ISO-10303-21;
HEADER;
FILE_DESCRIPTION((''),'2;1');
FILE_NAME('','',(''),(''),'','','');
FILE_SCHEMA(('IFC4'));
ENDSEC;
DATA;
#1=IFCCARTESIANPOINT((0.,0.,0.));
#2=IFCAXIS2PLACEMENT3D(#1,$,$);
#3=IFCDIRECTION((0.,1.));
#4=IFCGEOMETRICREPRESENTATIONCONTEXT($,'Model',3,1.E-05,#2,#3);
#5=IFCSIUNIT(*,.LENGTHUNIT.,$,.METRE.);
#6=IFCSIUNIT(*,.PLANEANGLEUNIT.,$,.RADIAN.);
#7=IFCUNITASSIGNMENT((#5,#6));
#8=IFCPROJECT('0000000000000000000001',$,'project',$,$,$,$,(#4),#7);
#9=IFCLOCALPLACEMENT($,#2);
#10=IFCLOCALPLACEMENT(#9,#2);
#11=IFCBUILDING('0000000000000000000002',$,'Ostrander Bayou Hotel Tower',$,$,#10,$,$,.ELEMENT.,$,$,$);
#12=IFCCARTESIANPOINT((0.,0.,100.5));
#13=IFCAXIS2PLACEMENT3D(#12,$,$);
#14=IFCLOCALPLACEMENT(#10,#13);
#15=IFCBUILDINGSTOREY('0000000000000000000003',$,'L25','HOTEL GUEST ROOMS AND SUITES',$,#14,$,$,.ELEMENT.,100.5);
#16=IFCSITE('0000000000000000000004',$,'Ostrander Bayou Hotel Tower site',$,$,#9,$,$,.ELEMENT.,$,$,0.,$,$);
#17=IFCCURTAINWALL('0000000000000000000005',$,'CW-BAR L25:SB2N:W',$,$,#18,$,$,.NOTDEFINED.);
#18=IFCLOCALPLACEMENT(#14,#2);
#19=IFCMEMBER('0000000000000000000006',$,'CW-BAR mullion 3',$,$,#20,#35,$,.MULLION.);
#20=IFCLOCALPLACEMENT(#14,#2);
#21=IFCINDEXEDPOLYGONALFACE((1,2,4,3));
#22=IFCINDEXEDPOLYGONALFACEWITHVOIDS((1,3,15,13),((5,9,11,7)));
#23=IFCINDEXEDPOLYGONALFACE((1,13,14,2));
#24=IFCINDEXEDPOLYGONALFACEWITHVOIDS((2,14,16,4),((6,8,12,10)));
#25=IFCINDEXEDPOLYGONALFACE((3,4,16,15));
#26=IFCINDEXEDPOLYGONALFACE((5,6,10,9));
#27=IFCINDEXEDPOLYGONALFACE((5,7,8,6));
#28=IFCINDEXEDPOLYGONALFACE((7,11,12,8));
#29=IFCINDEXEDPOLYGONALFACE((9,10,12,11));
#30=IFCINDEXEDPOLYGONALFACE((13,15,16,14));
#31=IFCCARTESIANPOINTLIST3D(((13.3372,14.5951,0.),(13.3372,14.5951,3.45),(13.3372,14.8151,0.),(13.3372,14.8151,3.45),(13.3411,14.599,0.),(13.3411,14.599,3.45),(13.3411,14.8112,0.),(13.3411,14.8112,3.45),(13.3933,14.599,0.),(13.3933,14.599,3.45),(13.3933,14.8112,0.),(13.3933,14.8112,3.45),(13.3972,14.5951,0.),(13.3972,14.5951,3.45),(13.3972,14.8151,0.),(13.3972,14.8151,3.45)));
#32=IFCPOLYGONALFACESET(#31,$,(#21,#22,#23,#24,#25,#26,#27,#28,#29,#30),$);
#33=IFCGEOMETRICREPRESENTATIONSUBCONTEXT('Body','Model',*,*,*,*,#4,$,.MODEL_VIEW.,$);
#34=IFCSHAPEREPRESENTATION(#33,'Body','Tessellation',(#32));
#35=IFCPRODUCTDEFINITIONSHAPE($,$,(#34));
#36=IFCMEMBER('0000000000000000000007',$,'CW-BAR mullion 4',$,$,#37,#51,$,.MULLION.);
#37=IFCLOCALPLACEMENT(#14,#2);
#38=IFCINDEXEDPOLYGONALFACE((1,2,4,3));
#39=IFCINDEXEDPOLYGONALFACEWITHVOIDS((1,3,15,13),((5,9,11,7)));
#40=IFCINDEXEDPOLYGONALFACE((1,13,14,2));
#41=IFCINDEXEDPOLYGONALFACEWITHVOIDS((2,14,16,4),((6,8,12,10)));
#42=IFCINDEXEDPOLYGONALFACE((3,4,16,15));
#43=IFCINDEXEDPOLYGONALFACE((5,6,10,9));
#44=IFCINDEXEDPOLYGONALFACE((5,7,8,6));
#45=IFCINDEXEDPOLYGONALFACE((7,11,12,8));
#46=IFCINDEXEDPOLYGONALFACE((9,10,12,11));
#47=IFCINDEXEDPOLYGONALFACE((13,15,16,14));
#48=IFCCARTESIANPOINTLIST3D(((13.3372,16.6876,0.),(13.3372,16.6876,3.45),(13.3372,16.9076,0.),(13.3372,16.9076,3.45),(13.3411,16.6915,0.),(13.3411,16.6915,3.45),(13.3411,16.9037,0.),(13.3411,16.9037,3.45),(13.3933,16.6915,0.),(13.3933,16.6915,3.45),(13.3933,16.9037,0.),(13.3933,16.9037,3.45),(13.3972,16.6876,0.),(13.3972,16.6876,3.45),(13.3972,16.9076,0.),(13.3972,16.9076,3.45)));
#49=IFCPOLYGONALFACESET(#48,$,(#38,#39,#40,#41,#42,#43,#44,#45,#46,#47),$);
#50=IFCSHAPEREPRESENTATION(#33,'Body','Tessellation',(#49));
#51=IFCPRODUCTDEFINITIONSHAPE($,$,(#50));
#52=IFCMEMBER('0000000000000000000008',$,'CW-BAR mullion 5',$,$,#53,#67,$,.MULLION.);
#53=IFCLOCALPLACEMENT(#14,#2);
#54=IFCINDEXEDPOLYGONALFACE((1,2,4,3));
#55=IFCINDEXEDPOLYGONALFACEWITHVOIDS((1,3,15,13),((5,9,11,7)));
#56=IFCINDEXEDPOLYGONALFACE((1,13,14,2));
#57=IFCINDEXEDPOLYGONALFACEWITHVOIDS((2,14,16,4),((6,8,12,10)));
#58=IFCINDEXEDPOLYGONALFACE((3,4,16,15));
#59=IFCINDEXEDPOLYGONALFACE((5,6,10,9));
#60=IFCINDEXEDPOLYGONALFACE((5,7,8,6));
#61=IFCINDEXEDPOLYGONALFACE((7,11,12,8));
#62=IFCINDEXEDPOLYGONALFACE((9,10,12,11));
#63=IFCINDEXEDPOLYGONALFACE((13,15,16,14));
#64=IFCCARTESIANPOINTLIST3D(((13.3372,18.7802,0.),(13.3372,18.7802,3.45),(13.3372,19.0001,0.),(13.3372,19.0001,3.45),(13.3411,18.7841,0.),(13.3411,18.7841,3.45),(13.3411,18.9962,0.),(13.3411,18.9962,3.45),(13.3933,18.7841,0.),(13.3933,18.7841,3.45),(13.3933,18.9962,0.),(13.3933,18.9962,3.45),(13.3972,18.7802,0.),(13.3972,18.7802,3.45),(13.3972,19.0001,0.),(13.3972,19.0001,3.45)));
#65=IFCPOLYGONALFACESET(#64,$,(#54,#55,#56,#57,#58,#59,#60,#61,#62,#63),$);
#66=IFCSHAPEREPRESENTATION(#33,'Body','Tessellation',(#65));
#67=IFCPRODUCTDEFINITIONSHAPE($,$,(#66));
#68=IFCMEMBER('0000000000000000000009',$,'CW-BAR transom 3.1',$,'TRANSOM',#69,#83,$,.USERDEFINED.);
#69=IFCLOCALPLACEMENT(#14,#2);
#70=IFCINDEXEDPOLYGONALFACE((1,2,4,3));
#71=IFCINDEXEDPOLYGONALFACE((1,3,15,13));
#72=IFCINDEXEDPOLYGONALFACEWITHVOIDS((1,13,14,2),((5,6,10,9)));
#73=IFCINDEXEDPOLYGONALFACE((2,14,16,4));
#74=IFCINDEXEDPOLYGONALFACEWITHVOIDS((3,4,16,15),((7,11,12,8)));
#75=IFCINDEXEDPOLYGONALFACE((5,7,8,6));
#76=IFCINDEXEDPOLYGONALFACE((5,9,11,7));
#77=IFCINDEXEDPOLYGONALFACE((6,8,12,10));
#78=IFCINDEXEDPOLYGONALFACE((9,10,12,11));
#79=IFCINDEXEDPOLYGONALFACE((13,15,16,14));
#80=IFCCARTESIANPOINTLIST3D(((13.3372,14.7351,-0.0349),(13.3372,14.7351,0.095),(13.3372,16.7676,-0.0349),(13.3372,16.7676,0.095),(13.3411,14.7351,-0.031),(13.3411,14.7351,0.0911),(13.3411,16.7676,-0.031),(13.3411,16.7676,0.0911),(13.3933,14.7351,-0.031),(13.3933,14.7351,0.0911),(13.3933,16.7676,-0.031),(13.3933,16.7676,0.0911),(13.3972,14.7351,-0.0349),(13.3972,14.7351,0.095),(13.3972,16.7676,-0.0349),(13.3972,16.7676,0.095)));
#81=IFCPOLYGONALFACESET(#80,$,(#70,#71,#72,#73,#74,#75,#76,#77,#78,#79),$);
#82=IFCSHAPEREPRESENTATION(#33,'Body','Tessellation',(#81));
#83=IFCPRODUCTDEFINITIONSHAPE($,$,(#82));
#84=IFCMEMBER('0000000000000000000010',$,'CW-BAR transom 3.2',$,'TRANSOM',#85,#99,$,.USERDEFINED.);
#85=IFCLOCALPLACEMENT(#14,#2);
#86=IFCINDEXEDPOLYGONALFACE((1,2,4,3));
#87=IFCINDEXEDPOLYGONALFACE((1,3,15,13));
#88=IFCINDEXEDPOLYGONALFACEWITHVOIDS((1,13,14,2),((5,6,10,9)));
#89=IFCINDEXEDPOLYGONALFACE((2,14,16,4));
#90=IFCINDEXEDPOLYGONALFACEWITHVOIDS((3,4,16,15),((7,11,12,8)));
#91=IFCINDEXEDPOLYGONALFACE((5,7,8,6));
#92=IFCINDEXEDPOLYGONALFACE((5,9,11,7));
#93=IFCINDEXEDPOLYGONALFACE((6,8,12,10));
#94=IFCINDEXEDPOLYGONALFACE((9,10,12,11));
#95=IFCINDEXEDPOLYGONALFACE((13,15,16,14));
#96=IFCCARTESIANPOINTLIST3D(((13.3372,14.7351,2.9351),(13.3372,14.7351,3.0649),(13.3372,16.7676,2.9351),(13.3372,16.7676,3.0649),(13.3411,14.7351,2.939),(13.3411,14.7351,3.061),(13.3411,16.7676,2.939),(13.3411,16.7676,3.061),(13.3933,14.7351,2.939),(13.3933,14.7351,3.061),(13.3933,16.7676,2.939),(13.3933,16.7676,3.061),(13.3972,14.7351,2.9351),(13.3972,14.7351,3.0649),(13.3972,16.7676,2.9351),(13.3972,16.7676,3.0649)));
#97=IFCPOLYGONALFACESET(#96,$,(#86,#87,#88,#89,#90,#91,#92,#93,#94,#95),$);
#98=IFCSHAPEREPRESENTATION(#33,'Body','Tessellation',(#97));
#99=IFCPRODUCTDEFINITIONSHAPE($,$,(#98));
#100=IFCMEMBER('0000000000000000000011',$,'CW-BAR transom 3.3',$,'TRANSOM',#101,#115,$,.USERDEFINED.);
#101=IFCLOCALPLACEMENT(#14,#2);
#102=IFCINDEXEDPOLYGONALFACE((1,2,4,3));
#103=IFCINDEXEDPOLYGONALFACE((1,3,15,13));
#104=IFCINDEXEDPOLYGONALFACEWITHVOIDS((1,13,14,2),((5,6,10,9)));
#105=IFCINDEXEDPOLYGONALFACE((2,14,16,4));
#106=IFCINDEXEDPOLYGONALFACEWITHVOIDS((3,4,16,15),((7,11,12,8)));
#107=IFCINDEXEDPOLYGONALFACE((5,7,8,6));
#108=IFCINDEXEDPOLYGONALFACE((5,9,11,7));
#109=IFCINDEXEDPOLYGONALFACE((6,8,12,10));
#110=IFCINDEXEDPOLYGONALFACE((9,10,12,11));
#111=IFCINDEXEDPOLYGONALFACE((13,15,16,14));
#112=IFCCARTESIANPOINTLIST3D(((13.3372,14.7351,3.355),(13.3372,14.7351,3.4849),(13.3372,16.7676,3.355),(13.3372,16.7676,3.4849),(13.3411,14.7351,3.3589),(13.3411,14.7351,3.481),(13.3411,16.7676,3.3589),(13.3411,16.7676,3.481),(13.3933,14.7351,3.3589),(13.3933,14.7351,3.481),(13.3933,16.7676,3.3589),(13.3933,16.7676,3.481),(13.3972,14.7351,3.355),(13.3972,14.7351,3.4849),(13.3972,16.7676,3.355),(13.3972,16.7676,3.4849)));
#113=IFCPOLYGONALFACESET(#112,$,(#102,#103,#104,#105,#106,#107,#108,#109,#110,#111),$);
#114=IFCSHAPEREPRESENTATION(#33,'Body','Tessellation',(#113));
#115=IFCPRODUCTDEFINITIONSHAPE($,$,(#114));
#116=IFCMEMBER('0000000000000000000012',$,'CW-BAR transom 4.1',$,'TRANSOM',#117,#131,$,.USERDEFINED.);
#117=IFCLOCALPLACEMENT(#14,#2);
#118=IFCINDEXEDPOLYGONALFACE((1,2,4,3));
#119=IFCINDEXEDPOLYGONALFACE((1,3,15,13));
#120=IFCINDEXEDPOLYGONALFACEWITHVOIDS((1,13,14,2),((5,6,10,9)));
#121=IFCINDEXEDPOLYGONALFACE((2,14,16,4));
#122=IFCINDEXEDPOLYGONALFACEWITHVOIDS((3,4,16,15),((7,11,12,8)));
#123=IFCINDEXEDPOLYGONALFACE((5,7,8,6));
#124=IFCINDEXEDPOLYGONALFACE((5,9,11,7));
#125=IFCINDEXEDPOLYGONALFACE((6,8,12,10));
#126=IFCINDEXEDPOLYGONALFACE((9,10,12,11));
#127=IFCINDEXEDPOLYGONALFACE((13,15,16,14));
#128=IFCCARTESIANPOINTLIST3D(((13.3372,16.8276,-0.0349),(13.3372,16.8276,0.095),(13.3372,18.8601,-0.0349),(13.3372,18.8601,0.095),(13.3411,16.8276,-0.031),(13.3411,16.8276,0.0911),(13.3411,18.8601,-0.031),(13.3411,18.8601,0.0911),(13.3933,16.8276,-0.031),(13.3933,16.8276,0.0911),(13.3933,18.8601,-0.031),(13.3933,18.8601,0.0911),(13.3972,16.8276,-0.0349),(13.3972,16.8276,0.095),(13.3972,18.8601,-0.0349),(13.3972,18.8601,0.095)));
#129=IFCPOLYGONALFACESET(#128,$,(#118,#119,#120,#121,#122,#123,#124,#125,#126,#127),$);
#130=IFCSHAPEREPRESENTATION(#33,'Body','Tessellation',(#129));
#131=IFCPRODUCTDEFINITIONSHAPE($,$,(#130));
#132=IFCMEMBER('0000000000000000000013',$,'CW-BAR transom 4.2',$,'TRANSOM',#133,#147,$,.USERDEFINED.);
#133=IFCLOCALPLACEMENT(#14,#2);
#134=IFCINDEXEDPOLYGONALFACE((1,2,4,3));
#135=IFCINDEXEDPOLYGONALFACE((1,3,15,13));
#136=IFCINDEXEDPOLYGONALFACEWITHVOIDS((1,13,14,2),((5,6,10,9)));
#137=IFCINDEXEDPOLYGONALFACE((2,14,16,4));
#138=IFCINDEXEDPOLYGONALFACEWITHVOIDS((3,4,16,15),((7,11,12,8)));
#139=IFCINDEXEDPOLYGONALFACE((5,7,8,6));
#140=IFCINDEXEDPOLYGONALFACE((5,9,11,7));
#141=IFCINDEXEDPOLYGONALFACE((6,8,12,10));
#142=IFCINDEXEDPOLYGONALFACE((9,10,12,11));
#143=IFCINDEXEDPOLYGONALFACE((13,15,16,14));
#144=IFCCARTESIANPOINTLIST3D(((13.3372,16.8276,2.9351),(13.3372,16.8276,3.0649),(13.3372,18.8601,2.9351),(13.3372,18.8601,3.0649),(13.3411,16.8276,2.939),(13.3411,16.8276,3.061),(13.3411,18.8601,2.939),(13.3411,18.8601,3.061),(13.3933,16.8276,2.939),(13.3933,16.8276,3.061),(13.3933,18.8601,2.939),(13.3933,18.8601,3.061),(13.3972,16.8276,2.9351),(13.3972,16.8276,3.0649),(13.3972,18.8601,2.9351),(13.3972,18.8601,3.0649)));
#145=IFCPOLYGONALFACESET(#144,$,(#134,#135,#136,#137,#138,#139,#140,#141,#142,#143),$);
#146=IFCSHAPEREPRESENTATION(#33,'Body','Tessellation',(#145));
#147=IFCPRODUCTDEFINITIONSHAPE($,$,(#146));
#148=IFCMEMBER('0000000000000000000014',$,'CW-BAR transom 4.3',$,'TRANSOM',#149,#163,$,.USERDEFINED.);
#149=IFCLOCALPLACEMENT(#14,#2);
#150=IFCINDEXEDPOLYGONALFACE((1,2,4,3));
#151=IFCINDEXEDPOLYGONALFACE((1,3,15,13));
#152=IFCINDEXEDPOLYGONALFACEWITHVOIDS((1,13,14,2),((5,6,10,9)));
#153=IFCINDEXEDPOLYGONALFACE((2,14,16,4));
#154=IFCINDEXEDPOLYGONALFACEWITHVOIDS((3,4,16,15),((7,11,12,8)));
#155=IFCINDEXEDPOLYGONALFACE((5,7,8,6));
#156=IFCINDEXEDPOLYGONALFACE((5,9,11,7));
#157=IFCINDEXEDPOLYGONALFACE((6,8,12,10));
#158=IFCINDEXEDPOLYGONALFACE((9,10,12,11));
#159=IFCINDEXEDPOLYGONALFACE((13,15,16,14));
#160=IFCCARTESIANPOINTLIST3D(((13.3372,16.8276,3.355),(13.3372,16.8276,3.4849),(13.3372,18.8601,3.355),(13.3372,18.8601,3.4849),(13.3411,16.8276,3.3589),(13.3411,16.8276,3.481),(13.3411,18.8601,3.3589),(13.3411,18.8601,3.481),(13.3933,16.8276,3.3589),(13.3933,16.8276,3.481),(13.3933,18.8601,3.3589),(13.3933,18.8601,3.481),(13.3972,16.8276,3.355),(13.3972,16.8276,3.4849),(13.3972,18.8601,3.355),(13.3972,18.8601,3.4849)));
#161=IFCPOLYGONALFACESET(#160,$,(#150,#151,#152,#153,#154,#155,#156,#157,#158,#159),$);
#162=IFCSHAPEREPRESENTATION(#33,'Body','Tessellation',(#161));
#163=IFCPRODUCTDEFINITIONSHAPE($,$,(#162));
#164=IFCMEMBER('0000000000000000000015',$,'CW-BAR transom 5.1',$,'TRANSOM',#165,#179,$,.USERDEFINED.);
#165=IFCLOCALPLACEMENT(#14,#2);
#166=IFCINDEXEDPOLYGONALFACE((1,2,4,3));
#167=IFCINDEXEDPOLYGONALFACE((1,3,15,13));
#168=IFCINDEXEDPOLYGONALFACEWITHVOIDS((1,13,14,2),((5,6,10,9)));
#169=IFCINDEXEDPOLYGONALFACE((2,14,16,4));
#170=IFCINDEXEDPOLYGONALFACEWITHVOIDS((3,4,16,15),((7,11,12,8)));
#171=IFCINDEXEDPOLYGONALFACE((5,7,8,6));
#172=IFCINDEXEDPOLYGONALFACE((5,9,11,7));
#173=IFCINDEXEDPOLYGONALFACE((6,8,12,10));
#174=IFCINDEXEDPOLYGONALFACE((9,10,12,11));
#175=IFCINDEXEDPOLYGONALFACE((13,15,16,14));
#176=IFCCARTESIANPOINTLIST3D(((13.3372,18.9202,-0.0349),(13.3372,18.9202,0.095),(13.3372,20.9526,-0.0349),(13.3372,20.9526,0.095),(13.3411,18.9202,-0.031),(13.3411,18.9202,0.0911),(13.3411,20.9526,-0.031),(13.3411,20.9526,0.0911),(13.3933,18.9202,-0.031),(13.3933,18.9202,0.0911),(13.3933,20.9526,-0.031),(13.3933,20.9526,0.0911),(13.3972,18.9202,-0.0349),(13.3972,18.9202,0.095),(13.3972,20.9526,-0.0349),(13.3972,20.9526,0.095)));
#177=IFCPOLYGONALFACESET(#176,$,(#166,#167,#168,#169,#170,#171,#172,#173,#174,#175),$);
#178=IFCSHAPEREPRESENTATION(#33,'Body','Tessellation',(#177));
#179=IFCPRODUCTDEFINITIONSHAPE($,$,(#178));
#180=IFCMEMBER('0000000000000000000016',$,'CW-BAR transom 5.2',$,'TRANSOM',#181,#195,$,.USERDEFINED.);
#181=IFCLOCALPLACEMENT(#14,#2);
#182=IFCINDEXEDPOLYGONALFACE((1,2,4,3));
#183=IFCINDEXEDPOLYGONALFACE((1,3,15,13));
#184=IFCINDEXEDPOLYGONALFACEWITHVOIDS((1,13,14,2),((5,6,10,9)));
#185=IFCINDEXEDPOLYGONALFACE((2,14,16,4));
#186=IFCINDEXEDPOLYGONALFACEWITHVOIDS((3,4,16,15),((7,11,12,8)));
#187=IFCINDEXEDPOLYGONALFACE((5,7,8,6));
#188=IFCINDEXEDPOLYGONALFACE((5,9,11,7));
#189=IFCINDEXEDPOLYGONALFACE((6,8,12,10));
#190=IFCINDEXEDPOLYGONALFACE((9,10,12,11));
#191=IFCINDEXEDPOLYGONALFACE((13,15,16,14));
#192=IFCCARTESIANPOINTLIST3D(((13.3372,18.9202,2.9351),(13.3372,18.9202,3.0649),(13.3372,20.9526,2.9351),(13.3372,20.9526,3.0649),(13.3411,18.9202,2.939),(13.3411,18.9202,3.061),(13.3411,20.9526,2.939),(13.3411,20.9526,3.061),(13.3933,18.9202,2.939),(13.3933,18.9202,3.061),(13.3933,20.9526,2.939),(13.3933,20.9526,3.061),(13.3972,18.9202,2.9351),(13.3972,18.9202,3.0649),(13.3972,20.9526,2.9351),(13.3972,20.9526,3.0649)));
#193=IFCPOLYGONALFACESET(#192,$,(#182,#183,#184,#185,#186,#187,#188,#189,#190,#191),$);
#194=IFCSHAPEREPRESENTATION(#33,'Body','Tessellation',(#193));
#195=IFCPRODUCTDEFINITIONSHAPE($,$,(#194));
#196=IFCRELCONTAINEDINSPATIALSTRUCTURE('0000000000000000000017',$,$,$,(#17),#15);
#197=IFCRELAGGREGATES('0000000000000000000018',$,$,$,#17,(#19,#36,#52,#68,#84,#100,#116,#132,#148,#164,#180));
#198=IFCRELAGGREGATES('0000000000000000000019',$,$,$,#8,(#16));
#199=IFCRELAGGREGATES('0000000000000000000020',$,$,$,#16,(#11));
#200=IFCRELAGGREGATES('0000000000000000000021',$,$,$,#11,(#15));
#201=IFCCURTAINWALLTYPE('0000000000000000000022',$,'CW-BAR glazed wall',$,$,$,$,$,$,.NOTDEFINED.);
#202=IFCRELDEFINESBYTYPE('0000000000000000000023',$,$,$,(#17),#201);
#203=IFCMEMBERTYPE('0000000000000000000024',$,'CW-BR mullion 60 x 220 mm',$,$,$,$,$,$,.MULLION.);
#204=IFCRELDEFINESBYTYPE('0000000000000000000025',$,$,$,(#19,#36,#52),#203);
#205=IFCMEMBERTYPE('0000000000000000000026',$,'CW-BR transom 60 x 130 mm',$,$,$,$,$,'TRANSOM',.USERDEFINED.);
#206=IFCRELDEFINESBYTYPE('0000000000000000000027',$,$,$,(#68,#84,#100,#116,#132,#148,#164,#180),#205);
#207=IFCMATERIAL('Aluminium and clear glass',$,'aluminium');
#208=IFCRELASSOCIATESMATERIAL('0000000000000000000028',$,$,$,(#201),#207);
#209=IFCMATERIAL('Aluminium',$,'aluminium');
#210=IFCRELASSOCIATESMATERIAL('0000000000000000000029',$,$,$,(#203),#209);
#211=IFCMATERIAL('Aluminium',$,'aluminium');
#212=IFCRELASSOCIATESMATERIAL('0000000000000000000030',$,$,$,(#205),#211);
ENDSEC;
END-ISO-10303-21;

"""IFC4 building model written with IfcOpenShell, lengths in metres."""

from ifc_helpers import new_model, si_unit, direction, frame, origin, origin_2d, place, context, subcontext, project, spatial, hollow_rectangle, extrude, material, material_profile, profile_set, type_object, element, aggregate, save


model = new_model("IFC4")

# Units and contexts
model_context = context("Model", 3, precision=1e-05, world=origin(), true_north=direction((0.0, 1.0)))
body_context = subcontext(model_context, "Body", "Model", "MODEL_VIEW")
ifc_project = project(units=[si_unit("LENGTHUNIT", "METRE"), si_unit("PLANEANGLEUNIT", "RADIAN")], contexts=[model_context])

# Site, building, storey
site_placement = place(None, origin())
site = spatial("IfcSite", under=ifc_project, at=site_placement, Name="Ostrander Bayou Hotel Tower site", CompositionType="ELEMENT", RefElevation=0.0)
building_placement = place(site_placement, origin())
building = spatial("IfcBuilding", under=site, at=building_placement, Name="Ostrander Bayou Hotel Tower", CompositionType="ELEMENT")
storey_placement = place(building_placement, frame((0.0, 0.0, 100.5)))
storey = spatial("IfcBuildingStorey", under=building, at=storey_placement, Name="L25", Description="HOTEL GUEST ROOMS AND SUITES", CompositionType="ELEMENT", Elevation=100.5)

# Curtain wall, members
ifc_material_1 = material(Name="Aluminium and clear glass", Category="aluminium")
curtain_wall_type = type_object("IfcCurtainWallType", Name="CW-BAR glazed wall", PredefinedType="NOTDEFINED", material=ifc_material_1)
curtain_wall_placement = place(storey_placement, origin())
curtain_wall = element("IfcCurtainWall", 1, at=curtain_wall_placement, inside=storey, type_object=curtain_wall_type, Name="CW-BAR L25:SB2N:W", PredefinedType="NOTDEFINED")
ifc_material_2 = material(Name="Aluminium", Category="aluminium")
ifc_material_profile_1 = material_profile(ifc_material_2, hollow_rectangle(XDim=0.0601, YDim=0.22, WallThickness=0.0039, at=origin_2d()))
ifc_profile_set_1 = profile_set([ifc_material_profile_1], Name="Aluminium")
member_type_1 = type_object("IfcMemberType", Name="CW-BR mullion 60 x 220 mm", PredefinedType="MULLION", material=ifc_profile_set_1)
member_1_placement = place(storey_placement, frame((13.3672, 14.7051, 0.0), z_axis=(0.0, 0.0, 1.0), x_axis=(-1.0, 0.0, 0.0)))
member_1 = element("IfcMember", 2, at=member_1_placement, type_object=member_type_1, Name="CW-BAR mullion 3", PredefinedType="MULLION", context=body_context, shape_type="SweptSolid", body=[
    extrude(hollow_rectangle(XDim=0.0601, YDim=0.22, WallThickness=0.0039, at=origin_2d()), origin(), (0.0, 0.0, 1.0), 3.45),
])
member_2_placement = place(storey_placement, frame((13.3672, 16.7976, 0.0), z_axis=(0.0, 0.0, 1.0), x_axis=(-1.0, 0.0, 0.0)))
member_2 = element("IfcMember", 3, at=member_2_placement, type_object=member_type_1, Name="CW-BAR mullion 4", PredefinedType="MULLION", context=body_context, shape_type="SweptSolid", body=[
    extrude(hollow_rectangle(XDim=0.0601, YDim=0.22, WallThickness=0.0039, at=origin_2d()), origin(), (0.0, 0.0, 1.0), 3.45),
])
member_3_placement = place(storey_placement, frame((13.3672, 18.8901, 0.0), z_axis=(0.0, 0.0, 1.0), x_axis=(-1.0, 0.0, 0.0)))
member_3 = element("IfcMember", 4, at=member_3_placement, type_object=member_type_1, Name="CW-BAR mullion 5", PredefinedType="MULLION", context=body_context, shape_type="SweptSolid", body=[
    extrude(hollow_rectangle(XDim=0.0601, YDim=0.22, WallThickness=0.0039, at=origin_2d()), origin(), (0.0, 0.0, 1.0), 3.45),
])
ifc_material_3 = material(Name="Aluminium", Category="aluminium")
ifc_material_profile_2 = material_profile(ifc_material_3, hollow_rectangle(XDim=0.0601, YDim=0.1299, WallThickness=0.0039, at=origin_2d()))
ifc_profile_set_2 = profile_set([ifc_material_profile_2], Name="Aluminium")
member_type_2 = type_object("IfcMemberType", Name="CW-BR transom 60 x 130 mm", ElementType="TRANSOM", PredefinedType="USERDEFINED", material=ifc_profile_set_2)
member_4_placement = place(storey_placement, frame((13.3672, 14.7351, 0.03), z_axis=(0.0, 1.0, 0.0), x_axis=(-1.0, 0.0, 0.0)))
member_4 = element("IfcMember", 5, at=member_4_placement, type_object=member_type_2, Name="CW-BAR transom 3.1", ObjectType="TRANSOM", PredefinedType="USERDEFINED", context=body_context, shape_type="SweptSolid", body=[
    extrude(hollow_rectangle(XDim=0.0601, YDim=0.1299, WallThickness=0.0039, at=origin_2d()), origin(), (0.0, 0.0, 1.0), 2.0325),
])
member_5_placement = place(storey_placement, frame((13.3672, 14.7351, 3.0), z_axis=(0.0, 1.0, 0.0), x_axis=(-1.0, 0.0, 0.0)))
member_5 = element("IfcMember", 6, at=member_5_placement, type_object=member_type_2, Name="CW-BAR transom 3.2", ObjectType="TRANSOM", PredefinedType="USERDEFINED", context=body_context, shape_type="SweptSolid", body=[
    extrude(hollow_rectangle(XDim=0.0601, YDim=0.1299, WallThickness=0.0039, at=origin_2d()), origin(), (0.0, 0.0, 1.0), 2.0325),
])
member_6_placement = place(storey_placement, frame((13.3672, 14.7351, 3.4199), z_axis=(0.0, 1.0, 0.0), x_axis=(-1.0, 0.0, 0.0)))
member_6 = element("IfcMember", 7, at=member_6_placement, type_object=member_type_2, Name="CW-BAR transom 3.3", ObjectType="TRANSOM", PredefinedType="USERDEFINED", context=body_context, shape_type="SweptSolid", body=[
    extrude(hollow_rectangle(XDim=0.0601, YDim=0.1299, WallThickness=0.0039, at=origin_2d()), origin(), (0.0, 0.0, 1.0), 2.0325),
])
member_7_placement = place(storey_placement, frame((13.3672, 16.8276, 0.03), z_axis=(0.0, 1.0, 0.0), x_axis=(-1.0, 0.0, 0.0)))
member_7 = element("IfcMember", 8, at=member_7_placement, type_object=member_type_2, Name="CW-BAR transom 4.1", ObjectType="TRANSOM", PredefinedType="USERDEFINED", context=body_context, shape_type="SweptSolid", body=[
    extrude(hollow_rectangle(XDim=0.0601, YDim=0.1299, WallThickness=0.0039, at=origin_2d()), origin(), (0.0, 0.0, 1.0), 2.0325),
])
member_8_placement = place(storey_placement, frame((13.3672, 16.8276, 3.0), z_axis=(0.0, 1.0, 0.0), x_axis=(-1.0, 0.0, 0.0)))
member_8 = element("IfcMember", 9, at=member_8_placement, type_object=member_type_2, Name="CW-BAR transom 4.2", ObjectType="TRANSOM", PredefinedType="USERDEFINED", context=body_context, shape_type="SweptSolid", body=[
    extrude(hollow_rectangle(XDim=0.0601, YDim=0.1299, WallThickness=0.0039, at=origin_2d()), origin(), (0.0, 0.0, 1.0), 2.0325),
])
member_9_placement = place(storey_placement, frame((13.3672, 16.8276, 3.4199), z_axis=(0.0, 1.0, 0.0), x_axis=(-1.0, 0.0, 0.0)))
member_9 = element("IfcMember", 10, at=member_9_placement, type_object=member_type_2, Name="CW-BAR transom 4.3", ObjectType="TRANSOM", PredefinedType="USERDEFINED", context=body_context, shape_type="SweptSolid", body=[
    extrude(hollow_rectangle(XDim=0.0601, YDim=0.1299, WallThickness=0.0039, at=origin_2d()), origin(), (0.0, 0.0, 1.0), 2.0325),
])
member_10_placement = place(storey_placement, frame((13.3672, 18.9202, 0.03), z_axis=(0.0, 1.0, 0.0), x_axis=(-1.0, 0.0, 0.0)))
member_10 = element("IfcMember", 11, at=member_10_placement, type_object=member_type_2, Name="CW-BAR transom 5.1", ObjectType="TRANSOM", PredefinedType="USERDEFINED", context=body_context, shape_type="SweptSolid", body=[
    extrude(hollow_rectangle(XDim=0.0601, YDim=0.1299, WallThickness=0.0039, at=origin_2d()), origin(), (0.0, 0.0, 1.0), 2.0325),
])
member_11_placement = place(storey_placement, frame((13.3672, 18.9202, 3.0), z_axis=(0.0, 1.0, 0.0), x_axis=(-1.0, 0.0, 0.0)))
member_11 = element("IfcMember", 12, at=member_11_placement, type_object=member_type_2, Name="CW-BAR transom 5.2", ObjectType="TRANSOM", PredefinedType="USERDEFINED", context=body_context, shape_type="SweptSolid", body=[
    extrude(hollow_rectangle(XDim=0.0601, YDim=0.1299, WallThickness=0.0039, at=origin_2d()), origin(), (0.0, 0.0, 1.0), 2.0325),
])

aggregate(curtain_wall, [member_1, member_2, member_3, member_4, member_5, member_6, member_7, member_8, member_9, member_10, member_11])

save(model, "model.ifc")
